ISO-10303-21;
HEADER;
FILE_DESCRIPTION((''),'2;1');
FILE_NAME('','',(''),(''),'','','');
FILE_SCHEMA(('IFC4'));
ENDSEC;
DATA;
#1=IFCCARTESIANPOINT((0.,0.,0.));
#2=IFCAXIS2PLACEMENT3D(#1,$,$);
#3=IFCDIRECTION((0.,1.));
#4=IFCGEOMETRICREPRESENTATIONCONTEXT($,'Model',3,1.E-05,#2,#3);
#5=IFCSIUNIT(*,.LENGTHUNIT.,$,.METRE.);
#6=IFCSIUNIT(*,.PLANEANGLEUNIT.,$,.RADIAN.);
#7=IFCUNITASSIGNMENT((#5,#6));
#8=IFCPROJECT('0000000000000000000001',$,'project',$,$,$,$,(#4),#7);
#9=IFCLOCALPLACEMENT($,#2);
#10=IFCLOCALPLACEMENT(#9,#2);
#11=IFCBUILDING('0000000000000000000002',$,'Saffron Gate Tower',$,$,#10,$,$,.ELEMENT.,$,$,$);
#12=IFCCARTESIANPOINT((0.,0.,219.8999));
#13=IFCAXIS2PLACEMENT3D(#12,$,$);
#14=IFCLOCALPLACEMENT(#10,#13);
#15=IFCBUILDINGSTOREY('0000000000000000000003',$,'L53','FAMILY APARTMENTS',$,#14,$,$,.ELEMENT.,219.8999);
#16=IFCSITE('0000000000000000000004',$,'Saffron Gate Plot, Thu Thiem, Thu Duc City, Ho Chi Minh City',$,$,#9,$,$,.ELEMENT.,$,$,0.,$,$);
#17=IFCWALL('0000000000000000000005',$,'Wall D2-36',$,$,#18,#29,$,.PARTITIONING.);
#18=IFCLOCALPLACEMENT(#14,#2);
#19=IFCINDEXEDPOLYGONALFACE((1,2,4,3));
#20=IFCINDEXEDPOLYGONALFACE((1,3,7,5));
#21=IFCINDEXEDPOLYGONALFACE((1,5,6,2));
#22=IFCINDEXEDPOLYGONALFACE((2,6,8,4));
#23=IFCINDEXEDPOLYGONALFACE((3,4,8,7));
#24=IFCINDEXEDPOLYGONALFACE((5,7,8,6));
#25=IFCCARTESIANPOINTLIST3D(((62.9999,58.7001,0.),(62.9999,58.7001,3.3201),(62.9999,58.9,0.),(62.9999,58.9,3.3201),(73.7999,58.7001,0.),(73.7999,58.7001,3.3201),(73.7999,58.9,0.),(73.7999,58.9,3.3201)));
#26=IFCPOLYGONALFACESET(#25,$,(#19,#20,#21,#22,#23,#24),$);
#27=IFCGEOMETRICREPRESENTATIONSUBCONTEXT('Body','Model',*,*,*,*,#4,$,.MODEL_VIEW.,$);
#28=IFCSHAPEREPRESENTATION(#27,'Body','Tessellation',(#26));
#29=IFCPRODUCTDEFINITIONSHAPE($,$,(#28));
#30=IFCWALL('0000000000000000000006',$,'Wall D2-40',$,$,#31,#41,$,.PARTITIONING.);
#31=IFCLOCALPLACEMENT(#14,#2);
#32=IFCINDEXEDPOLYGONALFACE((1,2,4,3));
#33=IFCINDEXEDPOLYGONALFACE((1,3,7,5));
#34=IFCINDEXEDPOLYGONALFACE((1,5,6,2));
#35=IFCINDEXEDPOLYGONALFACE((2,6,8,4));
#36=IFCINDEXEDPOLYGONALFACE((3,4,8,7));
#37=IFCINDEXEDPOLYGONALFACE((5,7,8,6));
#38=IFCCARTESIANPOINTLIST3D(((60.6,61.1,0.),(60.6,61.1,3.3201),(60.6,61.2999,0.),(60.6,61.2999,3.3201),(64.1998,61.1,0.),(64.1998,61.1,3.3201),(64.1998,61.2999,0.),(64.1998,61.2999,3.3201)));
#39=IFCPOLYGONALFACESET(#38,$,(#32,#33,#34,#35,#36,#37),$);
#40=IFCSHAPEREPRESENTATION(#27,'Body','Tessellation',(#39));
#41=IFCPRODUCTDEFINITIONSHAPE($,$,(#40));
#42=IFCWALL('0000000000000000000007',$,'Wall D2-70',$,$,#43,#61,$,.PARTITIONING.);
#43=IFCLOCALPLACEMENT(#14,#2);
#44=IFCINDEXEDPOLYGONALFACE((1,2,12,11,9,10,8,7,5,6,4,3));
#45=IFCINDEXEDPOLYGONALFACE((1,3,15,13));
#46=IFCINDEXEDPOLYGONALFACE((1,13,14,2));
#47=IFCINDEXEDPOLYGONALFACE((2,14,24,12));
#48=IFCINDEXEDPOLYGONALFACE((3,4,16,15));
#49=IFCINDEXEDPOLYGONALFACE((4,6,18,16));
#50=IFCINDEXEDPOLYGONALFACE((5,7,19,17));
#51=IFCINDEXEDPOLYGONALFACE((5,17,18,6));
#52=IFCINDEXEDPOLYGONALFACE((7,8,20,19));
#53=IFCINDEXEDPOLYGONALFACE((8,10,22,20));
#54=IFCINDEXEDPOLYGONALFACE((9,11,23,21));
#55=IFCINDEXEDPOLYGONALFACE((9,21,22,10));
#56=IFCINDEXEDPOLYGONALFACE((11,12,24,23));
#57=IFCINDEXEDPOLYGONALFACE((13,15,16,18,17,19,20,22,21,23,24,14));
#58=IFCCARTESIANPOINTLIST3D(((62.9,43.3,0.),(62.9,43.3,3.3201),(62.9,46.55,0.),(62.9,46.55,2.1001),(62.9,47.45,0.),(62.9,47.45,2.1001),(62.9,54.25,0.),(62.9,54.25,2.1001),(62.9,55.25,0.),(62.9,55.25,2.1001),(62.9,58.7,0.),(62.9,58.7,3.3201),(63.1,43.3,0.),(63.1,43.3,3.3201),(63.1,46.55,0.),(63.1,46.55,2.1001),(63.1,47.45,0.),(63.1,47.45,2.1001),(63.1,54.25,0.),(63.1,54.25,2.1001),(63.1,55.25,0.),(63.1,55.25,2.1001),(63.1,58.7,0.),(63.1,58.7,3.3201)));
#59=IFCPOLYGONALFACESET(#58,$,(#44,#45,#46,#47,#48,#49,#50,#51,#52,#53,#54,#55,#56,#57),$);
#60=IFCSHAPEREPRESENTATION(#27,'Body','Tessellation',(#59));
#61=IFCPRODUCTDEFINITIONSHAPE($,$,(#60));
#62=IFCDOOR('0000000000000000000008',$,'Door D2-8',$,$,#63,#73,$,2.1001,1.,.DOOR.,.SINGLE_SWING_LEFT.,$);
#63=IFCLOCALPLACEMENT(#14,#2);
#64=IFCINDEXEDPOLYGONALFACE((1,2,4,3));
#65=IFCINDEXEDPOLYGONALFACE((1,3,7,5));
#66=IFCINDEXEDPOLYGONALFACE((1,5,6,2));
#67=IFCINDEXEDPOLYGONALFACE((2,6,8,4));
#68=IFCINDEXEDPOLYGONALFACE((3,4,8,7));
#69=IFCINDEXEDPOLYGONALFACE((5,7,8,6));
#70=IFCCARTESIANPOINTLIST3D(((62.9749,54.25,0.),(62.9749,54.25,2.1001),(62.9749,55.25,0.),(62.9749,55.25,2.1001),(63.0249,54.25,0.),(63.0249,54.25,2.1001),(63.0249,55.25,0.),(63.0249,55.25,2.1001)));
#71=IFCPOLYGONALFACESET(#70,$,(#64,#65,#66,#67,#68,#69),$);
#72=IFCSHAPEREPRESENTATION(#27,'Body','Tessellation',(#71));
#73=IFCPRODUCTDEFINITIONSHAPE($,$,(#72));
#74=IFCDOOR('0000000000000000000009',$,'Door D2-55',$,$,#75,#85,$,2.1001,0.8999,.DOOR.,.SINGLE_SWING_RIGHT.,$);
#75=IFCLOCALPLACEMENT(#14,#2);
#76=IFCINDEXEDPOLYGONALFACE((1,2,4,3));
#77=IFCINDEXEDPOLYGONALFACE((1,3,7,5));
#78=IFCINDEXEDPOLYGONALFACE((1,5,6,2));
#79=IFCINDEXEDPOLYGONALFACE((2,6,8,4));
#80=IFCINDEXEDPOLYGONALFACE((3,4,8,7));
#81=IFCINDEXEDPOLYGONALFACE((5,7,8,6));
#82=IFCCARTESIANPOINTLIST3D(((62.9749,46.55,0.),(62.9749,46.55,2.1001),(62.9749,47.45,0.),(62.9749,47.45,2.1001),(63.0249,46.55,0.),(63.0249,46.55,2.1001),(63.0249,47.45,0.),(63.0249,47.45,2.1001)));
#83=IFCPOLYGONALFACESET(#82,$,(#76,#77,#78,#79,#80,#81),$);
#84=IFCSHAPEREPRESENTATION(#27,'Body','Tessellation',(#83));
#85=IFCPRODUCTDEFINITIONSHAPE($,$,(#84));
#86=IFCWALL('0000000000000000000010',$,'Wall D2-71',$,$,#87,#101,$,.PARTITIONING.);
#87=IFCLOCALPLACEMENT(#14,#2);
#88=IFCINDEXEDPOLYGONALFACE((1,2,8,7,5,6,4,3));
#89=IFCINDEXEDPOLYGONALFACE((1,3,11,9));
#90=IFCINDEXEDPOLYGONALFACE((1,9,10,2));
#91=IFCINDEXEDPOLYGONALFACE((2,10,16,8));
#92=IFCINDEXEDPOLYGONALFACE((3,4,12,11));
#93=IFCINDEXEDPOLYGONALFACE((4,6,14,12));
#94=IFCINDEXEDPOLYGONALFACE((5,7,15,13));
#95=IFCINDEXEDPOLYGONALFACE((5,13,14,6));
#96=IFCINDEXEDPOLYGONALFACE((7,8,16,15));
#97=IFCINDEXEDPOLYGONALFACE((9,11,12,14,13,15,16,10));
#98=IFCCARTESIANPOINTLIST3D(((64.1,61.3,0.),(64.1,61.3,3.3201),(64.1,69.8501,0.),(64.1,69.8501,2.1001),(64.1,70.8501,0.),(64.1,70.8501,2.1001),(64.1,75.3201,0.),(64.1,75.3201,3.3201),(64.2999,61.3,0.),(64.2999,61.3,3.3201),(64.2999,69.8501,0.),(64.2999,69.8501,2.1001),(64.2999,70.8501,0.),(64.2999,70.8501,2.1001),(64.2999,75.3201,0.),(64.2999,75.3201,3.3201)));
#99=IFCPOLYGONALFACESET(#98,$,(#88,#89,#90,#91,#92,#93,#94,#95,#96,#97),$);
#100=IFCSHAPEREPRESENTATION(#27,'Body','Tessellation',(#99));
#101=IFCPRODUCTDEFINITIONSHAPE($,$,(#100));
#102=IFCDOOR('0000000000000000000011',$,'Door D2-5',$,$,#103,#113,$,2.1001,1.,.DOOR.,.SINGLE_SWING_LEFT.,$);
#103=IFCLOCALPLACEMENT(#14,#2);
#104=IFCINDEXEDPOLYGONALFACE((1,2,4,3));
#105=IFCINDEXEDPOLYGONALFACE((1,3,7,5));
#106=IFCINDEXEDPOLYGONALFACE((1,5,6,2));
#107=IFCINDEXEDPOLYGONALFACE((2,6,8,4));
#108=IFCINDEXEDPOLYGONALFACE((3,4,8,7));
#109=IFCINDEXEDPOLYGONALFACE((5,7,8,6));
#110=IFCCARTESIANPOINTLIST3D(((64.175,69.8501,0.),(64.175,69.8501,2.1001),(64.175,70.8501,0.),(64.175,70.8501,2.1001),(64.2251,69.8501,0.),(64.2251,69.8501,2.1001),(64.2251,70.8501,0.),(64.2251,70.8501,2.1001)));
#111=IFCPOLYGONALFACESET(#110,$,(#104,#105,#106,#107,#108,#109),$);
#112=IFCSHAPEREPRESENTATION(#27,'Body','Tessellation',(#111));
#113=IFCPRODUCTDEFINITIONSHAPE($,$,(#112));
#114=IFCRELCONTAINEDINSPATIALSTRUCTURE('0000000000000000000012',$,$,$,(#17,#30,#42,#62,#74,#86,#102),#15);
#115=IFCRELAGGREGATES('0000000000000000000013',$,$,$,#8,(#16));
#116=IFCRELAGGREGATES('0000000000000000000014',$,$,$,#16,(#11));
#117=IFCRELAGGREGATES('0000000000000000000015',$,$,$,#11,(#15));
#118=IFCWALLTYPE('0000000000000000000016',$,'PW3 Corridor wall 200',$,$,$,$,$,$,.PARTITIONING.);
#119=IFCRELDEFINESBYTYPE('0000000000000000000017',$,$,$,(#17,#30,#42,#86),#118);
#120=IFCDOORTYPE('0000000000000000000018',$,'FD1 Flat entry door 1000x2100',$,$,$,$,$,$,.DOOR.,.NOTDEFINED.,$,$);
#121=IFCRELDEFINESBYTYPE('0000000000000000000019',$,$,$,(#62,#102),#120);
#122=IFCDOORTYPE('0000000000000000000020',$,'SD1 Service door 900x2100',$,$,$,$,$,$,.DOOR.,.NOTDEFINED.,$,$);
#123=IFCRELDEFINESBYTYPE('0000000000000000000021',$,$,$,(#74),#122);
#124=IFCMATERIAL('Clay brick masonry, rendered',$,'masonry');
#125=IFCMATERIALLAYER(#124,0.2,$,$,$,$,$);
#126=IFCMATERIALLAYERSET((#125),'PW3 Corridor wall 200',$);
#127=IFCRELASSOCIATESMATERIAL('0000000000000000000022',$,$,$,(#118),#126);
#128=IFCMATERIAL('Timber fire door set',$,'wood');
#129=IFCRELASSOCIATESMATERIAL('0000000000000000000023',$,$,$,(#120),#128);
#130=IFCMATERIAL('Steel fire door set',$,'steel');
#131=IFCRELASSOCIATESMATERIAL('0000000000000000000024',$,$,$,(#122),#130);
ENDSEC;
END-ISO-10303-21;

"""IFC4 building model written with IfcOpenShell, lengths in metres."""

from ifc_helpers import new_model, si_unit, direction, frame, frame_2d, origin, place, context, subcontext, project, spatial, rectangle, extrude, material, layer, layer_set, type_object, element, fill, save


model = new_model("IFC4")

# Units and contexts
model_context = context("Model", 3, precision=1e-05, world=origin(), true_north=direction((0.0, 1.0)))
body_context = subcontext(model_context, "Body", "Model", "MODEL_VIEW")
ifc_project = project(units=[si_unit("LENGTHUNIT", "METRE"), si_unit("PLANEANGLEUNIT", "RADIAN")], contexts=[model_context])

# Site, building, storey
site_placement = place(None, origin())
site = spatial("IfcSite", under=ifc_project, at=site_placement, Name="Saffron Gate Plot, Thu Thiem, Thu Duc City, Ho Chi Minh City", CompositionType="ELEMENT", RefElevation=0.0)
building_placement = place(site_placement, origin())
building = spatial("IfcBuilding", under=site, at=building_placement, Name="Saffron Gate Tower", CompositionType="ELEMENT")
storey_placement = place(building_placement, frame((0.0, 0.0, 219.8999)))
storey = spatial("IfcBuildingStorey", under=building, at=storey_placement, Name="L53", Description="FAMILY APARTMENTS", CompositionType="ELEMENT", Elevation=219.8999)

# Walls
ifc_material_1 = material(Name="Clay brick masonry, rendered", Category="masonry")
ifc_layer_1 = layer(ifc_material_1, 0.2)
ifc_layer_set_1 = layer_set([ifc_layer_1], Name="PW3 Corridor wall 200")
wall_type_1 = type_object("IfcWallType", Name="PW3 Corridor wall 200", PredefinedType="PARTITIONING", material=ifc_layer_set_1)
wall_1_placement = place(storey_placement, frame((63.0, 58.8, 0.0), z_axis=(0.0, 0.0, 1.0), x_axis=(1.0, 0.0, 0.0)))
element("IfcWall", 1, at=wall_1_placement, inside=storey, type_object=wall_type_1, Name="Wall D2-36", PredefinedType="PARTITIONING", context=body_context, shape_type="SweptSolid", body=[
    extrude(rectangle(XDim=10.8, YDim=0.2, at=frame_2d((5.3999, 0.0))), origin(), (0.0, 0.0, 1.0), 3.3201),
])
wall_2_placement = place(storey_placement, frame((60.6001, 61.2, 0.0), z_axis=(0.0, 0.0, 1.0), x_axis=(1.0, 0.0, 0.0)))
element("IfcWall", 2, at=wall_2_placement, inside=storey, type_object=wall_type_1, Name="Wall D2-40", PredefinedType="PARTITIONING", context=body_context, shape_type="SweptSolid", body=[
    extrude(rectangle(XDim=3.5999, YDim=0.2, at=frame_2d((1.7998, 0.0))), origin(), (0.0, 0.0, 1.0), 3.3201),
])

# Wall, openings, doors
wall_3_placement = place(storey_placement, frame((63.0, 58.7, 0.0), z_axis=(0.0, 0.0, 1.0), x_axis=(0.0, -1.0, 0.0)))
wall_3 = element("IfcWall", 3, at=wall_3_placement, inside=storey, type_object=wall_type_1, Name="Wall D2-70", PredefinedType="PARTITIONING", context=body_context, shape_type="SweptSolid", body=[
    extrude(rectangle(XDim=15.3999, YDim=0.2, at=frame_2d((7.7, 0.0))), origin(), (0.0, 0.0, 1.0), 3.3201),
])
opening_1_placement = place(wall_3_placement, frame((3.45, 0.0, 0.0)))
opening_1 = element("IfcOpeningElement", 4, at=opening_1_placement, cuts=wall_3, PredefinedType="OPENING", context=body_context, shape_type="SweptSolid", body=[
    extrude(rectangle(XDim=1.0, YDim=2.1001, at=frame_2d((0.5, 1.05))), frame((0.0, 0.1099, 0.0), z_axis=(0.0, -1.0, 0.0), x_axis=(1.0, 0.0, 0.0)), (0.0, 0.0, 1.0), 0.22),
])
opening_2_placement = place(wall_3_placement, frame((11.25, 0.0, 0.0)))
opening_2 = element("IfcOpeningElement", 5, at=opening_2_placement, cuts=wall_3, PredefinedType="OPENING", context=body_context, shape_type="SweptSolid", body=[
    extrude(rectangle(XDim=0.8999, YDim=2.1001, at=frame_2d((0.45, 1.05))), frame((0.0, 0.1099, 0.0), z_axis=(0.0, -1.0, 0.0), x_axis=(1.0, 0.0, 0.0)), (0.0, 0.0, 1.0), 0.22),
])
ifc_material_2 = material(Name="Timber fire door set", Category="wood")
door_type_1 = type_object("IfcDoorType", Name="FD1 Flat entry door 1000x2100", OperationType="NOTDEFINED", PredefinedType="DOOR", material=ifc_material_2)
door_1_placement = place(opening_1_placement, origin())
door_1 = element("IfcDoor", 6, at=door_1_placement, inside=storey, type_object=door_type_1, Name="Door D2-8", OperationType="SINGLE_SWING_LEFT", OverallHeight=2.1001, OverallWidth=1.0, PredefinedType="DOOR", context=body_context, shape_type="SweptSolid", body=[
    extrude(rectangle(XDim=1.0, YDim=2.1001, at=frame_2d((0.5, 1.05))), frame((0.0, 0.0249, 0.0), z_axis=(0.0, -1.0, 0.0), x_axis=(1.0, 0.0, 0.0)), (0.0, 0.0, 1.0), 0.05),
])
fill(opening_1, door_1)
ifc_material_3 = material(Name="Steel fire door set", Category="steel")
door_type_2 = type_object("IfcDoorType", Name="SD1 Service door 900x2100", OperationType="NOTDEFINED", PredefinedType="DOOR", material=ifc_material_3)
door_2_placement = place(opening_2_placement, origin())
door_2 = element("IfcDoor", 7, at=door_2_placement, inside=storey, type_object=door_type_2, Name="Door D2-55", OperationType="SINGLE_SWING_RIGHT", OverallHeight=2.1001, OverallWidth=0.8999, PredefinedType="DOOR", context=body_context, shape_type="SweptSolid", body=[
    extrude(rectangle(XDim=0.8999, YDim=2.1001, at=frame_2d((0.45, 1.05))), frame((0.0, 0.0249, 0.0), z_axis=(0.0, -1.0, 0.0), x_axis=(1.0, 0.0, 0.0)), (0.0, 0.0, 1.0), 0.05),
])
fill(opening_2, door_2)

# Wall, opening, door
wall_4_placement = place(storey_placement, frame((64.2, 61.3, 0.0), z_axis=(0.0, 0.0, 1.0), x_axis=(0.0, 1.0, 0.0)))
wall_4 = element("IfcWall", 8, at=wall_4_placement, inside=storey, type_object=wall_type_1, Name="Wall D2-71", PredefinedType="PARTITIONING", context=body_context, shape_type="SweptSolid", body=[
    extrude(rectangle(XDim=14.02, YDim=0.2, at=frame_2d((7.01, 0.0))), origin(), (0.0, 0.0, 1.0), 3.3201),
])
opening_3_placement = place(wall_4_placement, frame((8.55, 0.0, 0.0)))
opening_3 = element("IfcOpeningElement", 9, at=opening_3_placement, cuts=wall_4, PredefinedType="OPENING", context=body_context, shape_type="SweptSolid", body=[
    extrude(rectangle(XDim=1.0, YDim=2.1001, at=frame_2d((0.5, 1.05))), frame((0.0, 0.1099, 0.0), z_axis=(0.0, -1.0, 0.0), x_axis=(1.0, 0.0, 0.0)), (0.0, 0.0, 1.0), 0.22),
])
door_3_placement = place(opening_3_placement, origin())
door_3 = element("IfcDoor", 10, at=door_3_placement, inside=storey, type_object=door_type_1, Name="Door D2-5", OperationType="SINGLE_SWING_LEFT", OverallHeight=2.1001, OverallWidth=1.0, PredefinedType="DOOR", context=body_context, shape_type="SweptSolid", body=[
    extrude(rectangle(XDim=1.0, YDim=2.1001, at=frame_2d((0.5, 1.05))), frame((0.0, 0.0249, 0.0), z_axis=(0.0, -1.0, 0.0), x_axis=(1.0, 0.0, 0.0)), (0.0, 0.0, 1.0), 0.05),
])
fill(opening_3, door_3)

save(model, "model.ifc")
